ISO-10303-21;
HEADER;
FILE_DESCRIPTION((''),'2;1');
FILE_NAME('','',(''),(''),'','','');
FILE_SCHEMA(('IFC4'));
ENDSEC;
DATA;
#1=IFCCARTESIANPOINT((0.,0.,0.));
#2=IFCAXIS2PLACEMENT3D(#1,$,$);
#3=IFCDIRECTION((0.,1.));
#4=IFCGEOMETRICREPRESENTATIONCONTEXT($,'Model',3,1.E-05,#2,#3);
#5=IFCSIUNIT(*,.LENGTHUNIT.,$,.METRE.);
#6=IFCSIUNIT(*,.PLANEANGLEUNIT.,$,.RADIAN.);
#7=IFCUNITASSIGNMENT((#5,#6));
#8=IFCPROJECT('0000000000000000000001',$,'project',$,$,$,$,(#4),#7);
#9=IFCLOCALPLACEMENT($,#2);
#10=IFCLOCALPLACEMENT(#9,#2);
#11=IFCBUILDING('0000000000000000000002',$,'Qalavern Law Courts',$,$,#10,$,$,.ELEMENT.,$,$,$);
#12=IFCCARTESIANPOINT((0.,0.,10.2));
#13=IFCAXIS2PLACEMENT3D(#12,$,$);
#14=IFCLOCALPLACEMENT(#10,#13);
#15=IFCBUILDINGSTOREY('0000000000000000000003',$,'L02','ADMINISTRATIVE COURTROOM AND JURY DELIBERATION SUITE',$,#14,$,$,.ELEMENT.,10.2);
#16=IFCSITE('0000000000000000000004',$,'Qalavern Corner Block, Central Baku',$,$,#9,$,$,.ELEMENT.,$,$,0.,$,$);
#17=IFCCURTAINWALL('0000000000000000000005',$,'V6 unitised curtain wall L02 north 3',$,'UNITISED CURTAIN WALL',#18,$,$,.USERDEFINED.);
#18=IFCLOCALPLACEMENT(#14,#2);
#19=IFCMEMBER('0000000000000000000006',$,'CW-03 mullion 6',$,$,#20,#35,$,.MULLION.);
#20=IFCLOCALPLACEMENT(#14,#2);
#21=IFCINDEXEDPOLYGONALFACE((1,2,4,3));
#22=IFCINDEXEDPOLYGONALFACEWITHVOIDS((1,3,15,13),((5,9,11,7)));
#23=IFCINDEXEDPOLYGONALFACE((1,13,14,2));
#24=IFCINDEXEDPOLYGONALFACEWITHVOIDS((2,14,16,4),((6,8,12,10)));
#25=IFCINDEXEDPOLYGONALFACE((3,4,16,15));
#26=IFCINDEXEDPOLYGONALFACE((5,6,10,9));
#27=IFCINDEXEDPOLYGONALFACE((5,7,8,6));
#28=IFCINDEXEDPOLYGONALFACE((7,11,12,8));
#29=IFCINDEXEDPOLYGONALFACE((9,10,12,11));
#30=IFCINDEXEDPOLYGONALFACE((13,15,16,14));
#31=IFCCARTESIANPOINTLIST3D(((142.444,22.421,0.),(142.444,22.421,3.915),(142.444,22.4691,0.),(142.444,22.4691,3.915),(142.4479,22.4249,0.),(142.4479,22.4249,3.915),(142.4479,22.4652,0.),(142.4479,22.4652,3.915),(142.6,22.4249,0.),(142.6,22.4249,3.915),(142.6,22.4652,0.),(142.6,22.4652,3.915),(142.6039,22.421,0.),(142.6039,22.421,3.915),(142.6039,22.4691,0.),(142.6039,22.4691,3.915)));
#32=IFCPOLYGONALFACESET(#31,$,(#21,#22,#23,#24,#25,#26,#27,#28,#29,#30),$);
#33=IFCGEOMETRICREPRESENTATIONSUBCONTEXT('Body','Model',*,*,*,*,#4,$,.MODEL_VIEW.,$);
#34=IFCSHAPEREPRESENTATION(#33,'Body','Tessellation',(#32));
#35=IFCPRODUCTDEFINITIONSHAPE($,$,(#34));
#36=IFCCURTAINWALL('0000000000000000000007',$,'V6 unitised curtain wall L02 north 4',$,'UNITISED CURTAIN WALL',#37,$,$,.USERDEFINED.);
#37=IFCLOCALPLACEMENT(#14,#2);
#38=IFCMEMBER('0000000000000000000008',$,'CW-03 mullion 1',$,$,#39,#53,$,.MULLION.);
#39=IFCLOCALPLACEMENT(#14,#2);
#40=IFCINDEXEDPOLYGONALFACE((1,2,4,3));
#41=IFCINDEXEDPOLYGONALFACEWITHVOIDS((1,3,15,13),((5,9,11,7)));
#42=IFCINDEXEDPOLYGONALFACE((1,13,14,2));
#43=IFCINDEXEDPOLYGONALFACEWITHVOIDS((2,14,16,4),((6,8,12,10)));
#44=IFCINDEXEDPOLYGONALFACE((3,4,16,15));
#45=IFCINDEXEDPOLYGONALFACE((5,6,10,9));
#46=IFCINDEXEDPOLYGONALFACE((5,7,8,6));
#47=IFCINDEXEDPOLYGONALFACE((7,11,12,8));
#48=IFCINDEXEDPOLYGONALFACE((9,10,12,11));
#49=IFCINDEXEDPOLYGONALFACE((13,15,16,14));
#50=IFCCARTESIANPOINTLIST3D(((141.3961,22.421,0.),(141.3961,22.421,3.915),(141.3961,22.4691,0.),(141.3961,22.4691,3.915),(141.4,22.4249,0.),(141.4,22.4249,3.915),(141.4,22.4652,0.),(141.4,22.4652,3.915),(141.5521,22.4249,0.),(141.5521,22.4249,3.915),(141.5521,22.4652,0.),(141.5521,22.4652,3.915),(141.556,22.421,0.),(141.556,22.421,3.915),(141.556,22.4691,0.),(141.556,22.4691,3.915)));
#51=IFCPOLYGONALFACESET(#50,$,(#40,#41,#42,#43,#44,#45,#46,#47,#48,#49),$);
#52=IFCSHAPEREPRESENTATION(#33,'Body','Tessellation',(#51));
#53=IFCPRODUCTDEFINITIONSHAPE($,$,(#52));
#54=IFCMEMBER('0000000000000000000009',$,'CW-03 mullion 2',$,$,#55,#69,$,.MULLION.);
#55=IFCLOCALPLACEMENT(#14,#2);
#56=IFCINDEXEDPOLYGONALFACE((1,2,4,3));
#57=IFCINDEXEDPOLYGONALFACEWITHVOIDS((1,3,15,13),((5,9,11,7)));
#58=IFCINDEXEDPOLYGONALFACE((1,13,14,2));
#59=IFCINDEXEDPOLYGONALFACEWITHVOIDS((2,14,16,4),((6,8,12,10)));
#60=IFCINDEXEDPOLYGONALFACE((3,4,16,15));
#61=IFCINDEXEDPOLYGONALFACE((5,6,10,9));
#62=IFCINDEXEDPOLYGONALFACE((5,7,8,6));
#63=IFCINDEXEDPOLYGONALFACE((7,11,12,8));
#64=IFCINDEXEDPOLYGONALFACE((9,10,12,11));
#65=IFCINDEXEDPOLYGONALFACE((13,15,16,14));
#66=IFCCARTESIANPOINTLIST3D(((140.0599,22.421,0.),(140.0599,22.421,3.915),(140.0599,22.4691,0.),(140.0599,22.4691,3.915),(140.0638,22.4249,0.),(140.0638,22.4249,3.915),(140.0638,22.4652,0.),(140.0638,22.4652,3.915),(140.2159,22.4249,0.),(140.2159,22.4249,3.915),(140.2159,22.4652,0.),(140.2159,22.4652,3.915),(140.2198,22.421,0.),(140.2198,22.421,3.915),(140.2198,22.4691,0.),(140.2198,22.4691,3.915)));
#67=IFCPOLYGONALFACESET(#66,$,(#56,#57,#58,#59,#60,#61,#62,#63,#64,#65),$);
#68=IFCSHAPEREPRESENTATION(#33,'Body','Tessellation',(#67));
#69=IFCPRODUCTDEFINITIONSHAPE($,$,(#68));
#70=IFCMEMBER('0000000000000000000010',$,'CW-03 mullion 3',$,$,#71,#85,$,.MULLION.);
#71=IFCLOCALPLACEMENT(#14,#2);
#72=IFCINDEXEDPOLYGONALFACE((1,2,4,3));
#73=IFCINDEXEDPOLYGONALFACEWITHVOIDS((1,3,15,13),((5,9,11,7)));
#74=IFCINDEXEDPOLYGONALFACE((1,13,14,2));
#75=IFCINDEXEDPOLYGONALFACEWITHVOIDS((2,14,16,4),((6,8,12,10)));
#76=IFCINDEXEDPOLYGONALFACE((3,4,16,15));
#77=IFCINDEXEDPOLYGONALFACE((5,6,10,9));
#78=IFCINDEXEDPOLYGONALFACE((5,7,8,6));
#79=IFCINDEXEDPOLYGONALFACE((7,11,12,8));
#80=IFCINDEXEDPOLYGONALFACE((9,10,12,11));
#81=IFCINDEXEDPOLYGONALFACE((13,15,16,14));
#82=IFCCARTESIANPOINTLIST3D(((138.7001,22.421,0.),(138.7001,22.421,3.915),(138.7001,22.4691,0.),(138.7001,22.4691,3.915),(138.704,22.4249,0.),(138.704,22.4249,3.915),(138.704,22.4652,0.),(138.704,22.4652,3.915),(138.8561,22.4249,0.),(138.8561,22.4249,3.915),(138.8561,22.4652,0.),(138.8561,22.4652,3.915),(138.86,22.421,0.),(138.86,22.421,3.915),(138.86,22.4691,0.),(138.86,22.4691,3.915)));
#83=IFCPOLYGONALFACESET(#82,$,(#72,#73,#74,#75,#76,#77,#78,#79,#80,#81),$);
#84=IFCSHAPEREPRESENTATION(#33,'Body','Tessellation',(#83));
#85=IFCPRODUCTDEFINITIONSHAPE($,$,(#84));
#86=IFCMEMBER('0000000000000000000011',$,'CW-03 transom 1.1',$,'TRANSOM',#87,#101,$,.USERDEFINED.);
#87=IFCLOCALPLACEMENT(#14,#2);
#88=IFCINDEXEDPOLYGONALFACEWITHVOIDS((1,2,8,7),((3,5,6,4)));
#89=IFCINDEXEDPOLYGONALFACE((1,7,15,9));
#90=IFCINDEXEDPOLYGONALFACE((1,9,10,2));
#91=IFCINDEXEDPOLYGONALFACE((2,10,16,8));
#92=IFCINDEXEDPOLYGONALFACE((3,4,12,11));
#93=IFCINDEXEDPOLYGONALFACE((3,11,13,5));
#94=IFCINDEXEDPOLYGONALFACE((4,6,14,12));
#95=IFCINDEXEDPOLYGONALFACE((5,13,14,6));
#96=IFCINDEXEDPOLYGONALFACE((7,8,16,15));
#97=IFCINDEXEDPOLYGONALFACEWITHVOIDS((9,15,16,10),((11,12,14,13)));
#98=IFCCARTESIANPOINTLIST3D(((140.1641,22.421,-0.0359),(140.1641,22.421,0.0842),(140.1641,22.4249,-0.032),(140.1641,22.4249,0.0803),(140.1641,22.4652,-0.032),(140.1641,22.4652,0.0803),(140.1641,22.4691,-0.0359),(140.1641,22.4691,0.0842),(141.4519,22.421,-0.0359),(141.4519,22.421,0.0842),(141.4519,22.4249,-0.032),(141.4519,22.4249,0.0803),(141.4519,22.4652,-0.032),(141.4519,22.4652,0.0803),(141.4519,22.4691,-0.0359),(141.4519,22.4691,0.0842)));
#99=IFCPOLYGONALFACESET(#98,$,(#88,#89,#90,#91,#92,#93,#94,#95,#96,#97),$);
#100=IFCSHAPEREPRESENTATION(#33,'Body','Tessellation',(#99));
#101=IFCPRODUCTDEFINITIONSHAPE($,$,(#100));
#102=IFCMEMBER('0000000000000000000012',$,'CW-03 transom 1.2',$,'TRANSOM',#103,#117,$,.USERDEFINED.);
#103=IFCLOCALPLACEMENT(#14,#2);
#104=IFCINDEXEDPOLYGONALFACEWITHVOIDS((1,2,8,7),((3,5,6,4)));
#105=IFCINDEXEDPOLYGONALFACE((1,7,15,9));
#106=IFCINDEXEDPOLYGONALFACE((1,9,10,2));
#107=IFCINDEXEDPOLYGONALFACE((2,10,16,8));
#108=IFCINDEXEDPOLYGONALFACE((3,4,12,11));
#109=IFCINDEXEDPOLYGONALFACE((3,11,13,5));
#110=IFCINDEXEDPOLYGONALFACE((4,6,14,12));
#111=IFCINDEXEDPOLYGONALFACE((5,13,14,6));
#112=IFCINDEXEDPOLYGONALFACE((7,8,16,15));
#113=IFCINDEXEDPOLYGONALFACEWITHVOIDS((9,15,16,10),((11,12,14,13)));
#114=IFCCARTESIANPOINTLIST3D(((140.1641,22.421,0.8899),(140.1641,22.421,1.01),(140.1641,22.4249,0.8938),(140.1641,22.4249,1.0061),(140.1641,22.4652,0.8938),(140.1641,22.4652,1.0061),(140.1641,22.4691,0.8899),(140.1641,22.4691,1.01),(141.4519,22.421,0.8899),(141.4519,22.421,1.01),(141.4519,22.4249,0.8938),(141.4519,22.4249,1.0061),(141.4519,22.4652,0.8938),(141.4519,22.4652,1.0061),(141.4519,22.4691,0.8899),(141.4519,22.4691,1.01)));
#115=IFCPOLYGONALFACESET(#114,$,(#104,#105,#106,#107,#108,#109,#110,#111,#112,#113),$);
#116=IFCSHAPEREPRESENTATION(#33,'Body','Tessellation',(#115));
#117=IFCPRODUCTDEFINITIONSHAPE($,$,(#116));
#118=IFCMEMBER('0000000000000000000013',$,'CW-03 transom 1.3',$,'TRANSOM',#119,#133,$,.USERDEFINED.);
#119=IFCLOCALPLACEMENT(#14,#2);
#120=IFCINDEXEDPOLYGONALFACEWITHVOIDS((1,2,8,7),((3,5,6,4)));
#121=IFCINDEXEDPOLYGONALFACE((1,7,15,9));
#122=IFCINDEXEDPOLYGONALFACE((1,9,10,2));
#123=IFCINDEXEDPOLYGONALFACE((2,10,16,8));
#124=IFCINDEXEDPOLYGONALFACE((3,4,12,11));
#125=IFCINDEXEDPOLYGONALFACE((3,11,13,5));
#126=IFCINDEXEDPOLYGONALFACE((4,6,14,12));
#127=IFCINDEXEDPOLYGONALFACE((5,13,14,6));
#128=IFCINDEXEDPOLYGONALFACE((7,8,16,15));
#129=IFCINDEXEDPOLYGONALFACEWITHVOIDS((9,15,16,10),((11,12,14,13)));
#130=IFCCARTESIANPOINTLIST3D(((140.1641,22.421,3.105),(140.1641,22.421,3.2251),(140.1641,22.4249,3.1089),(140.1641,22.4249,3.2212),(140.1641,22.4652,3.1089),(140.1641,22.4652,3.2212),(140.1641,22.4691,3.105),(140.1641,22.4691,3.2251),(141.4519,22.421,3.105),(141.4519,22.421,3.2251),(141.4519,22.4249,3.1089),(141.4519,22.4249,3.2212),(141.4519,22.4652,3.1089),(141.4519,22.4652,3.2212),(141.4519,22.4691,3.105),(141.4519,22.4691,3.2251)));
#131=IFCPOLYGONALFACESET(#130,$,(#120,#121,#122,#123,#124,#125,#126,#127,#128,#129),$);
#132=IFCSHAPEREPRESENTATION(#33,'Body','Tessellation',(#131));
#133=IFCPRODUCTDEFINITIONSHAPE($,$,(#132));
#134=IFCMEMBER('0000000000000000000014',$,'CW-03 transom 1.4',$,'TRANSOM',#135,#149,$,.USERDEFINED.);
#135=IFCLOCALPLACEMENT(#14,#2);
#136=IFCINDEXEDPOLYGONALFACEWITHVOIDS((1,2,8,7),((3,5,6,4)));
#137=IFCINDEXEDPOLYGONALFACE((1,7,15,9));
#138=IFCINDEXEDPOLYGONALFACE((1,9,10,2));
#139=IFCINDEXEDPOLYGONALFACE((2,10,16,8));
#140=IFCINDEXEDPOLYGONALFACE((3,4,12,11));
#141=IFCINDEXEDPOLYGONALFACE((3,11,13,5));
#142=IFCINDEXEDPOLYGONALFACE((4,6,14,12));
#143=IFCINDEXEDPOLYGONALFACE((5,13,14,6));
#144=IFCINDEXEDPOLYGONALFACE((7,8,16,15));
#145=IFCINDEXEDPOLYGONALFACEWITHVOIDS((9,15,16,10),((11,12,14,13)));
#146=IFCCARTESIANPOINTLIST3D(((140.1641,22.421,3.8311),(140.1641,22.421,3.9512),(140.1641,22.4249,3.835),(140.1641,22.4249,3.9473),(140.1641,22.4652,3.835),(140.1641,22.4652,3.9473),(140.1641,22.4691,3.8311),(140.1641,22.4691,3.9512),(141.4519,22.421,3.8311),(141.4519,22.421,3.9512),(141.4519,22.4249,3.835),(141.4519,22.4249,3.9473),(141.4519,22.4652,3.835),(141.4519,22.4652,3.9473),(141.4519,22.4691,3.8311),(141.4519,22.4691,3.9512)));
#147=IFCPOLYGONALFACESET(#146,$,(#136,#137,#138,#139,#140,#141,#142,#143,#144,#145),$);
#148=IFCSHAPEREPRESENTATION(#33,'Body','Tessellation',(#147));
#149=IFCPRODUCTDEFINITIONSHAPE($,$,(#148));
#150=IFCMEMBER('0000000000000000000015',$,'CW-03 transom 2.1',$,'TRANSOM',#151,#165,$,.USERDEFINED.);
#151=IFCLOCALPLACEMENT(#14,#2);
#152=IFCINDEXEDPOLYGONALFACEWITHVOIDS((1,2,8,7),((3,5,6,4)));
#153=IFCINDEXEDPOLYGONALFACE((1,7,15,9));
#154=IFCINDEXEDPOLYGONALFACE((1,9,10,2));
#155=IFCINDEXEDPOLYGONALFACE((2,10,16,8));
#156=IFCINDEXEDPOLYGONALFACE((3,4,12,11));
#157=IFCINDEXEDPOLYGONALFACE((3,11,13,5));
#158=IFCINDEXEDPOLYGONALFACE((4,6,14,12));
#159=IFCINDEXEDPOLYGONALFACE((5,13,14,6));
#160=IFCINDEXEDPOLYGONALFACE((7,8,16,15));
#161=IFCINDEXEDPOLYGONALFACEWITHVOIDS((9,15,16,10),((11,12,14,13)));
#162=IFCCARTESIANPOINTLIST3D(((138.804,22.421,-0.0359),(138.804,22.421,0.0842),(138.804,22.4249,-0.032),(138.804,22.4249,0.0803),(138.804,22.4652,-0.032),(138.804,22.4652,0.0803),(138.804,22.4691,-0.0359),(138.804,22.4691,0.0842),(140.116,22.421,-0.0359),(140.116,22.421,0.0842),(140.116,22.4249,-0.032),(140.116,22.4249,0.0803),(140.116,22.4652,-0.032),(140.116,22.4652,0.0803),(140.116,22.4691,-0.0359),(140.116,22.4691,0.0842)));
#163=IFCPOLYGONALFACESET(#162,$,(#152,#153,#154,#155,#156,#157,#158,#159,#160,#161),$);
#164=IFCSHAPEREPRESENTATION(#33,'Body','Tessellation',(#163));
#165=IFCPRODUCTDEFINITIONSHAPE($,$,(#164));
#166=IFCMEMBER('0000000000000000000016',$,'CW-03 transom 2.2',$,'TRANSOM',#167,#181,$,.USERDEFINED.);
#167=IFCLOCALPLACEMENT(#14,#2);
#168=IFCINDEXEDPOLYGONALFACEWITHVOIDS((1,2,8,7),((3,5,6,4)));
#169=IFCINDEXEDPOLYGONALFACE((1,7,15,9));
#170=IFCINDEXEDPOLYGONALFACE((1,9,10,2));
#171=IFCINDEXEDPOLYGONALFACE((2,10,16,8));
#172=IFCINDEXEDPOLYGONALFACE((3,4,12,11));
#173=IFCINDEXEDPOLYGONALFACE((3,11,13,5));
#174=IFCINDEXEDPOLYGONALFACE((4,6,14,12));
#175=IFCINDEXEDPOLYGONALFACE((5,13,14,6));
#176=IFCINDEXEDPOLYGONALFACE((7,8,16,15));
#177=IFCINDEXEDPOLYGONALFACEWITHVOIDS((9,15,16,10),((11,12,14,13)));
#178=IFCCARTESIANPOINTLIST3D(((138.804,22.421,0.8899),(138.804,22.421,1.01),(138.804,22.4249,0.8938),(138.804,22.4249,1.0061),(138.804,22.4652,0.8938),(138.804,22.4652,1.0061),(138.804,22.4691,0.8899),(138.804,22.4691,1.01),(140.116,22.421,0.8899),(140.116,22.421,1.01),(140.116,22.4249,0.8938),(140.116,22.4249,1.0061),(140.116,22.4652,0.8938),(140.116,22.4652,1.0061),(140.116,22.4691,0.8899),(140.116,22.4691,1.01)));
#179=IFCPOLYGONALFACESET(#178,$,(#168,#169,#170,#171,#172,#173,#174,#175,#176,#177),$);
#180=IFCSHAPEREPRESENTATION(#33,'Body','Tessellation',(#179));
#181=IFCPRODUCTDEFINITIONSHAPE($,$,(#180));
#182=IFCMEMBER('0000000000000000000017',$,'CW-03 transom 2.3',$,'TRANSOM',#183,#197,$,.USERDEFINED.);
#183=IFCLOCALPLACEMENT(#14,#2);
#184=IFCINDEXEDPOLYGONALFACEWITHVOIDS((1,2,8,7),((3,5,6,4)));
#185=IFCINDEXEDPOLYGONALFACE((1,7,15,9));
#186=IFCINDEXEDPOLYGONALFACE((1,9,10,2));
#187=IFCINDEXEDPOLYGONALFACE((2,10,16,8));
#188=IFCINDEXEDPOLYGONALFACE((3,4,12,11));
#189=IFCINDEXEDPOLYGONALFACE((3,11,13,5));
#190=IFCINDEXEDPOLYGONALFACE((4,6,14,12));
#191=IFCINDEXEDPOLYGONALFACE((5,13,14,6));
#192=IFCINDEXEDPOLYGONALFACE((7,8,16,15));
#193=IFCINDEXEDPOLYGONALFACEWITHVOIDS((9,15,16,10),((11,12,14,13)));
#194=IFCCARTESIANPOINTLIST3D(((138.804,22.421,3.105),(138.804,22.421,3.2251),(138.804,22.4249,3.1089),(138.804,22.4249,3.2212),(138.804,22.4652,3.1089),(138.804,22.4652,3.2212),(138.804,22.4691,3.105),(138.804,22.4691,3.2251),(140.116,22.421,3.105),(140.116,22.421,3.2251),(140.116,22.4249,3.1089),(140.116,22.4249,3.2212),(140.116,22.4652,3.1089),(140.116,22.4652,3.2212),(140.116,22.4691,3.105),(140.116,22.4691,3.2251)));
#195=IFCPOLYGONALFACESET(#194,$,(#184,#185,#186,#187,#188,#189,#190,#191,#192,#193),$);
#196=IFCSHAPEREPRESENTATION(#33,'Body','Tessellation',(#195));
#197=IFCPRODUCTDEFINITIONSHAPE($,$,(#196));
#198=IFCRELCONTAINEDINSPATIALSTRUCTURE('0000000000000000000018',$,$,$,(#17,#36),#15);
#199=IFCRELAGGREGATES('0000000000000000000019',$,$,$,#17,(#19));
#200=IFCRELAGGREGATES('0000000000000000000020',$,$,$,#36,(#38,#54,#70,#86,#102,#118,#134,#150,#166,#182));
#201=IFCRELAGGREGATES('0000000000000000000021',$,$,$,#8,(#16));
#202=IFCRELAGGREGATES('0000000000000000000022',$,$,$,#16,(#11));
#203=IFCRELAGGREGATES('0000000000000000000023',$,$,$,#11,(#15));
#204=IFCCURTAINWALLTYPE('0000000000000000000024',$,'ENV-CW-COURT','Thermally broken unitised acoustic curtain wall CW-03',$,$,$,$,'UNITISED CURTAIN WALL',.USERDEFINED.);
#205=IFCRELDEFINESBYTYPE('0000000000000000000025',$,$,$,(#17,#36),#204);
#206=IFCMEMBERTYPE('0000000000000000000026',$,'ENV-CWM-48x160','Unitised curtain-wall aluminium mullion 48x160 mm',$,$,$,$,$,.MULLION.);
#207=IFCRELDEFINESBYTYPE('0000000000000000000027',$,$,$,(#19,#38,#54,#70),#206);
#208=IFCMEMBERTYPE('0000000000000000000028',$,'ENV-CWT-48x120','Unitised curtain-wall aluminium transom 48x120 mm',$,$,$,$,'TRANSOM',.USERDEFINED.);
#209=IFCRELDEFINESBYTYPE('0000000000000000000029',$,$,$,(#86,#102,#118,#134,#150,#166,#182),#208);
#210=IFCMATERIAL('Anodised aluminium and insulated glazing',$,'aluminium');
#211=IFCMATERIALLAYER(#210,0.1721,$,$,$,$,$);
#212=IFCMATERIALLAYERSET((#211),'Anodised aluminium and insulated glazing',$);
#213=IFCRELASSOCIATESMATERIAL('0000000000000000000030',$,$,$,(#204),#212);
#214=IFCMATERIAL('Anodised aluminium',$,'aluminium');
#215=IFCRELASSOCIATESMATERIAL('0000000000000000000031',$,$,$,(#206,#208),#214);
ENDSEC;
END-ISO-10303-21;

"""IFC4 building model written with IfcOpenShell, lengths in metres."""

from ifc_helpers import new_model, si_unit, direction, frame, origin, origin_2d, place, context, subcontext, project, spatial, hollow_rectangle, extrude, material, layer, layer_set, material_profile, profile_set, type_object, element, aggregate, save


model = new_model("IFC4")

# Units and contexts
model_context = context("Model", 3, precision=1e-05, world=origin(), true_north=direction((0.0, 1.0)))
body_context = subcontext(model_context, "Body", "Model", "MODEL_VIEW")
ifc_project = project(units=[si_unit("LENGTHUNIT", "METRE"), si_unit("PLANEANGLEUNIT", "RADIAN")], contexts=[model_context])

# Site, building, storey
site_placement = place(None, origin())
site = spatial("IfcSite", under=ifc_project, at=site_placement, Name="Qalavern Corner Block, Central Baku", CompositionType="ELEMENT", RefElevation=0.0)
building_placement = place(site_placement, origin())
building = spatial("IfcBuilding", under=site, at=building_placement, Name="Qalavern Law Courts", CompositionType="ELEMENT")
storey_placement = place(building_placement, frame((0.0, 0.0, 10.2)))
storey = spatial("IfcBuildingStorey", under=building, at=storey_placement, Name="L02", Description="ADMINISTRATIVE COURTROOM AND JURY DELIBERATION SUITE", CompositionType="ELEMENT", Elevation=10.2)

# Curtain wall, member
ifc_material_1 = material(Name="Anodised aluminium and insulated glazing", Category="aluminium")
ifc_layer_1 = layer(ifc_material_1, 0.1721)
ifc_layer_set_1 = layer_set([ifc_layer_1], Name="Anodised aluminium and insulated glazing")
curtain_wall_type = type_object("IfcCurtainWallType", Name="ENV-CW-COURT", Description="Thermally broken unitised acoustic curtain wall CW-03", ElementType="UNITISED CURTAIN WALL", PredefinedType="USERDEFINED", material=ifc_layer_set_1)
curtain_wall_1_placement = place(storey_placement, origin())
curtain_wall_1 = element("IfcCurtainWall", 1, at=curtain_wall_1_placement, inside=storey, type_object=curtain_wall_type, Name="V6 unitised curtain wall L02 north 3", ObjectType="UNITISED CURTAIN WALL", PredefinedType="USERDEFINED")
ifc_material_2 = material(Name="Anodised aluminium", Category="aluminium")
ifc_material_profile_1 = material_profile(ifc_material_2, hollow_rectangle(XDim=0.0481, YDim=0.1599, WallThickness=0.0039, at=origin_2d()), Name="ALU MULLION 48x160")
ifc_profile_set_1 = profile_set([ifc_material_profile_1], Name="Anodised aluminium")
member_type_1 = type_object("IfcMemberType", Name="ENV-CWM-48x160", Description="Unitised curtain-wall aluminium mullion 48x160 mm", PredefinedType="MULLION", material=ifc_profile_set_1)
member_1_placement = place(storey_placement, frame((142.5239, 22.4451, 0.0), z_axis=(0.0, 0.0, 1.0), x_axis=(0.0, -1.0, 0.0)))
member_1 = element("IfcMember", 2, at=member_1_placement, type_object=member_type_1, Name="CW-03 mullion 6", PredefinedType="MULLION", context=body_context, shape_type="SweptSolid", body=[
    extrude(hollow_rectangle(XDim=0.0481, YDim=0.1599, WallThickness=0.0039, at=origin_2d()), origin(), (0.0, 0.0, 1.0), 3.915),
])

# Curtain wall, members
curtain_wall_2_placement = place(storey_placement, origin())
curtain_wall_2 = element("IfcCurtainWall", 3, at=curtain_wall_2_placement, inside=storey, type_object=curtain_wall_type, Name="V6 unitised curtain wall L02 north 4", ObjectType="UNITISED CURTAIN WALL", PredefinedType="USERDEFINED")
member_2_placement = place(storey_placement, frame((141.4761, 22.4451, 0.0), z_axis=(0.0, 0.0, 1.0), x_axis=(0.0, -1.0, 0.0)))
member_2 = element("IfcMember", 4, at=member_2_placement, type_object=member_type_1, Name="CW-03 mullion 1", PredefinedType="MULLION", context=body_context, shape_type="SweptSolid", body=[
    extrude(hollow_rectangle(XDim=0.0481, YDim=0.1599, WallThickness=0.0039, at=origin_2d()), origin(), (0.0, 0.0, 1.0), 3.915),
])
member_3_placement = place(storey_placement, frame((140.1399, 22.4451, 0.0), z_axis=(0.0, 0.0, 1.0), x_axis=(0.0, -1.0, 0.0)))
member_3 = element("IfcMember", 5, at=member_3_placement, type_object=member_type_1, Name="CW-03 mullion 2", PredefinedType="MULLION", context=body_context, shape_type="SweptSolid", body=[
    extrude(hollow_rectangle(XDim=0.0481, YDim=0.1599, WallThickness=0.0039, at=origin_2d()), origin(), (0.0, 0.0, 1.0), 3.915),
])
member_4_placement = place(storey_placement, frame((138.78, 22.4451, 0.0), z_axis=(0.0, 0.0, 1.0), x_axis=(0.0, -1.0, 0.0)))
member_4 = element("IfcMember", 6, at=member_4_placement, type_object=member_type_1, Name="CW-03 mullion 3", PredefinedType="MULLION", context=body_context, shape_type="SweptSolid", body=[
    extrude(hollow_rectangle(XDim=0.0481, YDim=0.1599, WallThickness=0.0039, at=origin_2d()), origin(), (0.0, 0.0, 1.0), 3.915),
])
ifc_material_profile_2 = material_profile(ifc_material_2, hollow_rectangle(XDim=0.0481, YDim=0.1201, WallThickness=0.0039, at=origin_2d()), Name="ALU TRANSOM 48x120")
ifc_profile_set_2 = profile_set([ifc_material_profile_2], Name="Anodised aluminium")
member_type_2 = type_object("IfcMemberType", Name="ENV-CWT-48x120", Description="Unitised curtain-wall aluminium transom 48x120 mm", ElementType="TRANSOM", PredefinedType="USERDEFINED", material=ifc_profile_set_2)
member_5_placement = place(storey_placement, frame((141.4519, 22.4451, 0.0242), z_axis=(-1.0, 0.0, 0.0), x_axis=(0.0, -1.0, 0.0)))
member_5 = element("IfcMember", 7, at=member_5_placement, type_object=member_type_2, Name="CW-03 transom 1.1", ObjectType="TRANSOM", PredefinedType="USERDEFINED", context=body_context, shape_type="SweptSolid", body=[
    extrude(hollow_rectangle(XDim=0.0481, YDim=0.1201, WallThickness=0.0039, at=origin_2d()), origin(), (0.0, 0.0, 1.0), 1.2878),
])
member_6_placement = place(storey_placement, frame((141.4519, 22.4451, 0.95), z_axis=(-1.0, 0.0, 0.0), x_axis=(0.0, -1.0, 0.0)))
member_6 = element("IfcMember", 8, at=member_6_placement, type_object=member_type_2, Name="CW-03 transom 1.2", ObjectType="TRANSOM", PredefinedType="USERDEFINED", context=body_context, shape_type="SweptSolid", body=[
    extrude(hollow_rectangle(XDim=0.0481, YDim=0.1201, WallThickness=0.0039, at=origin_2d()), origin(), (0.0, 0.0, 1.0), 1.2878),
])
member_7_placement = place(storey_placement, frame((141.4519, 22.4451, 3.165), z_axis=(-1.0, 0.0, 0.0), x_axis=(0.0, -1.0, 0.0)))
member_7 = element("IfcMember", 9, at=member_7_placement, type_object=member_type_2, Name="CW-03 transom 1.3", ObjectType="TRANSOM", PredefinedType="USERDEFINED", context=body_context, shape_type="SweptSolid", body=[
    extrude(hollow_rectangle(XDim=0.0481, YDim=0.1201, WallThickness=0.0039, at=origin_2d()), origin(), (0.0, 0.0, 1.0), 1.2878),
])
member_8_placement = place(storey_placement, frame((141.4519, 22.4451, 3.8911), z_axis=(-1.0, 0.0, 0.0), x_axis=(0.0, -1.0, 0.0)))
member_8 = element("IfcMember", 10, at=member_8_placement, type_object=member_type_2, Name="CW-03 transom 1.4", ObjectType="TRANSOM", PredefinedType="USERDEFINED", context=body_context, shape_type="SweptSolid", body=[
    extrude(hollow_rectangle(XDim=0.0481, YDim=0.1201, WallThickness=0.0039, at=origin_2d()), origin(), (0.0, 0.0, 1.0), 1.2878),
])
member_9_placement = place(storey_placement, frame((140.116, 22.4451, 0.0242), z_axis=(-1.0, 0.0, 0.0), x_axis=(0.0, -1.0, 0.0)))
member_9 = element("IfcMember", 11, at=member_9_placement, type_object=member_type_2, Name="CW-03 transom 2.1", ObjectType="TRANSOM", PredefinedType="USERDEFINED", context=body_context, shape_type="SweptSolid", body=[
    extrude(hollow_rectangle(XDim=0.0481, YDim=0.1201, WallThickness=0.0039, at=origin_2d()), origin(), (0.0, 0.0, 1.0), 1.312),
])
member_10_placement = place(storey_placement, frame((140.116, 22.4451, 0.95), z_axis=(-1.0, 0.0, 0.0), x_axis=(0.0, -1.0, 0.0)))
member_10 = element("IfcMember", 12, at=member_10_placement, type_object=member_type_2, Name="CW-03 transom 2.2", ObjectType="TRANSOM", PredefinedType="USERDEFINED", context=body_context, shape_type="SweptSolid", body=[
    extrude(hollow_rectangle(XDim=0.0481, YDim=0.1201, WallThickness=0.0039, at=origin_2d()), origin(), (0.0, 0.0, 1.0), 1.312),
])
member_11_placement = place(storey_placement, frame((140.116, 22.4451, 3.165), z_axis=(-1.0, 0.0, 0.0), x_axis=(0.0, -1.0, 0.0)))
member_11 = element("IfcMember", 13, at=member_11_placement, type_object=member_type_2, Name="CW-03 transom 2.3", ObjectType="TRANSOM", PredefinedType="USERDEFINED", context=body_context, shape_type="SweptSolid", body=[
    extrude(hollow_rectangle(XDim=0.0481, YDim=0.1201, WallThickness=0.0039, at=origin_2d()), origin(), (0.0, 0.0, 1.0), 1.312),
])

aggregate(curtain_wall_1, [member_1])
aggregate(curtain_wall_2, [member_2, member_3, member_4, member_5, member_6, member_7, member_8, member_9, member_10, member_11])

save(model, "model.ifc")
